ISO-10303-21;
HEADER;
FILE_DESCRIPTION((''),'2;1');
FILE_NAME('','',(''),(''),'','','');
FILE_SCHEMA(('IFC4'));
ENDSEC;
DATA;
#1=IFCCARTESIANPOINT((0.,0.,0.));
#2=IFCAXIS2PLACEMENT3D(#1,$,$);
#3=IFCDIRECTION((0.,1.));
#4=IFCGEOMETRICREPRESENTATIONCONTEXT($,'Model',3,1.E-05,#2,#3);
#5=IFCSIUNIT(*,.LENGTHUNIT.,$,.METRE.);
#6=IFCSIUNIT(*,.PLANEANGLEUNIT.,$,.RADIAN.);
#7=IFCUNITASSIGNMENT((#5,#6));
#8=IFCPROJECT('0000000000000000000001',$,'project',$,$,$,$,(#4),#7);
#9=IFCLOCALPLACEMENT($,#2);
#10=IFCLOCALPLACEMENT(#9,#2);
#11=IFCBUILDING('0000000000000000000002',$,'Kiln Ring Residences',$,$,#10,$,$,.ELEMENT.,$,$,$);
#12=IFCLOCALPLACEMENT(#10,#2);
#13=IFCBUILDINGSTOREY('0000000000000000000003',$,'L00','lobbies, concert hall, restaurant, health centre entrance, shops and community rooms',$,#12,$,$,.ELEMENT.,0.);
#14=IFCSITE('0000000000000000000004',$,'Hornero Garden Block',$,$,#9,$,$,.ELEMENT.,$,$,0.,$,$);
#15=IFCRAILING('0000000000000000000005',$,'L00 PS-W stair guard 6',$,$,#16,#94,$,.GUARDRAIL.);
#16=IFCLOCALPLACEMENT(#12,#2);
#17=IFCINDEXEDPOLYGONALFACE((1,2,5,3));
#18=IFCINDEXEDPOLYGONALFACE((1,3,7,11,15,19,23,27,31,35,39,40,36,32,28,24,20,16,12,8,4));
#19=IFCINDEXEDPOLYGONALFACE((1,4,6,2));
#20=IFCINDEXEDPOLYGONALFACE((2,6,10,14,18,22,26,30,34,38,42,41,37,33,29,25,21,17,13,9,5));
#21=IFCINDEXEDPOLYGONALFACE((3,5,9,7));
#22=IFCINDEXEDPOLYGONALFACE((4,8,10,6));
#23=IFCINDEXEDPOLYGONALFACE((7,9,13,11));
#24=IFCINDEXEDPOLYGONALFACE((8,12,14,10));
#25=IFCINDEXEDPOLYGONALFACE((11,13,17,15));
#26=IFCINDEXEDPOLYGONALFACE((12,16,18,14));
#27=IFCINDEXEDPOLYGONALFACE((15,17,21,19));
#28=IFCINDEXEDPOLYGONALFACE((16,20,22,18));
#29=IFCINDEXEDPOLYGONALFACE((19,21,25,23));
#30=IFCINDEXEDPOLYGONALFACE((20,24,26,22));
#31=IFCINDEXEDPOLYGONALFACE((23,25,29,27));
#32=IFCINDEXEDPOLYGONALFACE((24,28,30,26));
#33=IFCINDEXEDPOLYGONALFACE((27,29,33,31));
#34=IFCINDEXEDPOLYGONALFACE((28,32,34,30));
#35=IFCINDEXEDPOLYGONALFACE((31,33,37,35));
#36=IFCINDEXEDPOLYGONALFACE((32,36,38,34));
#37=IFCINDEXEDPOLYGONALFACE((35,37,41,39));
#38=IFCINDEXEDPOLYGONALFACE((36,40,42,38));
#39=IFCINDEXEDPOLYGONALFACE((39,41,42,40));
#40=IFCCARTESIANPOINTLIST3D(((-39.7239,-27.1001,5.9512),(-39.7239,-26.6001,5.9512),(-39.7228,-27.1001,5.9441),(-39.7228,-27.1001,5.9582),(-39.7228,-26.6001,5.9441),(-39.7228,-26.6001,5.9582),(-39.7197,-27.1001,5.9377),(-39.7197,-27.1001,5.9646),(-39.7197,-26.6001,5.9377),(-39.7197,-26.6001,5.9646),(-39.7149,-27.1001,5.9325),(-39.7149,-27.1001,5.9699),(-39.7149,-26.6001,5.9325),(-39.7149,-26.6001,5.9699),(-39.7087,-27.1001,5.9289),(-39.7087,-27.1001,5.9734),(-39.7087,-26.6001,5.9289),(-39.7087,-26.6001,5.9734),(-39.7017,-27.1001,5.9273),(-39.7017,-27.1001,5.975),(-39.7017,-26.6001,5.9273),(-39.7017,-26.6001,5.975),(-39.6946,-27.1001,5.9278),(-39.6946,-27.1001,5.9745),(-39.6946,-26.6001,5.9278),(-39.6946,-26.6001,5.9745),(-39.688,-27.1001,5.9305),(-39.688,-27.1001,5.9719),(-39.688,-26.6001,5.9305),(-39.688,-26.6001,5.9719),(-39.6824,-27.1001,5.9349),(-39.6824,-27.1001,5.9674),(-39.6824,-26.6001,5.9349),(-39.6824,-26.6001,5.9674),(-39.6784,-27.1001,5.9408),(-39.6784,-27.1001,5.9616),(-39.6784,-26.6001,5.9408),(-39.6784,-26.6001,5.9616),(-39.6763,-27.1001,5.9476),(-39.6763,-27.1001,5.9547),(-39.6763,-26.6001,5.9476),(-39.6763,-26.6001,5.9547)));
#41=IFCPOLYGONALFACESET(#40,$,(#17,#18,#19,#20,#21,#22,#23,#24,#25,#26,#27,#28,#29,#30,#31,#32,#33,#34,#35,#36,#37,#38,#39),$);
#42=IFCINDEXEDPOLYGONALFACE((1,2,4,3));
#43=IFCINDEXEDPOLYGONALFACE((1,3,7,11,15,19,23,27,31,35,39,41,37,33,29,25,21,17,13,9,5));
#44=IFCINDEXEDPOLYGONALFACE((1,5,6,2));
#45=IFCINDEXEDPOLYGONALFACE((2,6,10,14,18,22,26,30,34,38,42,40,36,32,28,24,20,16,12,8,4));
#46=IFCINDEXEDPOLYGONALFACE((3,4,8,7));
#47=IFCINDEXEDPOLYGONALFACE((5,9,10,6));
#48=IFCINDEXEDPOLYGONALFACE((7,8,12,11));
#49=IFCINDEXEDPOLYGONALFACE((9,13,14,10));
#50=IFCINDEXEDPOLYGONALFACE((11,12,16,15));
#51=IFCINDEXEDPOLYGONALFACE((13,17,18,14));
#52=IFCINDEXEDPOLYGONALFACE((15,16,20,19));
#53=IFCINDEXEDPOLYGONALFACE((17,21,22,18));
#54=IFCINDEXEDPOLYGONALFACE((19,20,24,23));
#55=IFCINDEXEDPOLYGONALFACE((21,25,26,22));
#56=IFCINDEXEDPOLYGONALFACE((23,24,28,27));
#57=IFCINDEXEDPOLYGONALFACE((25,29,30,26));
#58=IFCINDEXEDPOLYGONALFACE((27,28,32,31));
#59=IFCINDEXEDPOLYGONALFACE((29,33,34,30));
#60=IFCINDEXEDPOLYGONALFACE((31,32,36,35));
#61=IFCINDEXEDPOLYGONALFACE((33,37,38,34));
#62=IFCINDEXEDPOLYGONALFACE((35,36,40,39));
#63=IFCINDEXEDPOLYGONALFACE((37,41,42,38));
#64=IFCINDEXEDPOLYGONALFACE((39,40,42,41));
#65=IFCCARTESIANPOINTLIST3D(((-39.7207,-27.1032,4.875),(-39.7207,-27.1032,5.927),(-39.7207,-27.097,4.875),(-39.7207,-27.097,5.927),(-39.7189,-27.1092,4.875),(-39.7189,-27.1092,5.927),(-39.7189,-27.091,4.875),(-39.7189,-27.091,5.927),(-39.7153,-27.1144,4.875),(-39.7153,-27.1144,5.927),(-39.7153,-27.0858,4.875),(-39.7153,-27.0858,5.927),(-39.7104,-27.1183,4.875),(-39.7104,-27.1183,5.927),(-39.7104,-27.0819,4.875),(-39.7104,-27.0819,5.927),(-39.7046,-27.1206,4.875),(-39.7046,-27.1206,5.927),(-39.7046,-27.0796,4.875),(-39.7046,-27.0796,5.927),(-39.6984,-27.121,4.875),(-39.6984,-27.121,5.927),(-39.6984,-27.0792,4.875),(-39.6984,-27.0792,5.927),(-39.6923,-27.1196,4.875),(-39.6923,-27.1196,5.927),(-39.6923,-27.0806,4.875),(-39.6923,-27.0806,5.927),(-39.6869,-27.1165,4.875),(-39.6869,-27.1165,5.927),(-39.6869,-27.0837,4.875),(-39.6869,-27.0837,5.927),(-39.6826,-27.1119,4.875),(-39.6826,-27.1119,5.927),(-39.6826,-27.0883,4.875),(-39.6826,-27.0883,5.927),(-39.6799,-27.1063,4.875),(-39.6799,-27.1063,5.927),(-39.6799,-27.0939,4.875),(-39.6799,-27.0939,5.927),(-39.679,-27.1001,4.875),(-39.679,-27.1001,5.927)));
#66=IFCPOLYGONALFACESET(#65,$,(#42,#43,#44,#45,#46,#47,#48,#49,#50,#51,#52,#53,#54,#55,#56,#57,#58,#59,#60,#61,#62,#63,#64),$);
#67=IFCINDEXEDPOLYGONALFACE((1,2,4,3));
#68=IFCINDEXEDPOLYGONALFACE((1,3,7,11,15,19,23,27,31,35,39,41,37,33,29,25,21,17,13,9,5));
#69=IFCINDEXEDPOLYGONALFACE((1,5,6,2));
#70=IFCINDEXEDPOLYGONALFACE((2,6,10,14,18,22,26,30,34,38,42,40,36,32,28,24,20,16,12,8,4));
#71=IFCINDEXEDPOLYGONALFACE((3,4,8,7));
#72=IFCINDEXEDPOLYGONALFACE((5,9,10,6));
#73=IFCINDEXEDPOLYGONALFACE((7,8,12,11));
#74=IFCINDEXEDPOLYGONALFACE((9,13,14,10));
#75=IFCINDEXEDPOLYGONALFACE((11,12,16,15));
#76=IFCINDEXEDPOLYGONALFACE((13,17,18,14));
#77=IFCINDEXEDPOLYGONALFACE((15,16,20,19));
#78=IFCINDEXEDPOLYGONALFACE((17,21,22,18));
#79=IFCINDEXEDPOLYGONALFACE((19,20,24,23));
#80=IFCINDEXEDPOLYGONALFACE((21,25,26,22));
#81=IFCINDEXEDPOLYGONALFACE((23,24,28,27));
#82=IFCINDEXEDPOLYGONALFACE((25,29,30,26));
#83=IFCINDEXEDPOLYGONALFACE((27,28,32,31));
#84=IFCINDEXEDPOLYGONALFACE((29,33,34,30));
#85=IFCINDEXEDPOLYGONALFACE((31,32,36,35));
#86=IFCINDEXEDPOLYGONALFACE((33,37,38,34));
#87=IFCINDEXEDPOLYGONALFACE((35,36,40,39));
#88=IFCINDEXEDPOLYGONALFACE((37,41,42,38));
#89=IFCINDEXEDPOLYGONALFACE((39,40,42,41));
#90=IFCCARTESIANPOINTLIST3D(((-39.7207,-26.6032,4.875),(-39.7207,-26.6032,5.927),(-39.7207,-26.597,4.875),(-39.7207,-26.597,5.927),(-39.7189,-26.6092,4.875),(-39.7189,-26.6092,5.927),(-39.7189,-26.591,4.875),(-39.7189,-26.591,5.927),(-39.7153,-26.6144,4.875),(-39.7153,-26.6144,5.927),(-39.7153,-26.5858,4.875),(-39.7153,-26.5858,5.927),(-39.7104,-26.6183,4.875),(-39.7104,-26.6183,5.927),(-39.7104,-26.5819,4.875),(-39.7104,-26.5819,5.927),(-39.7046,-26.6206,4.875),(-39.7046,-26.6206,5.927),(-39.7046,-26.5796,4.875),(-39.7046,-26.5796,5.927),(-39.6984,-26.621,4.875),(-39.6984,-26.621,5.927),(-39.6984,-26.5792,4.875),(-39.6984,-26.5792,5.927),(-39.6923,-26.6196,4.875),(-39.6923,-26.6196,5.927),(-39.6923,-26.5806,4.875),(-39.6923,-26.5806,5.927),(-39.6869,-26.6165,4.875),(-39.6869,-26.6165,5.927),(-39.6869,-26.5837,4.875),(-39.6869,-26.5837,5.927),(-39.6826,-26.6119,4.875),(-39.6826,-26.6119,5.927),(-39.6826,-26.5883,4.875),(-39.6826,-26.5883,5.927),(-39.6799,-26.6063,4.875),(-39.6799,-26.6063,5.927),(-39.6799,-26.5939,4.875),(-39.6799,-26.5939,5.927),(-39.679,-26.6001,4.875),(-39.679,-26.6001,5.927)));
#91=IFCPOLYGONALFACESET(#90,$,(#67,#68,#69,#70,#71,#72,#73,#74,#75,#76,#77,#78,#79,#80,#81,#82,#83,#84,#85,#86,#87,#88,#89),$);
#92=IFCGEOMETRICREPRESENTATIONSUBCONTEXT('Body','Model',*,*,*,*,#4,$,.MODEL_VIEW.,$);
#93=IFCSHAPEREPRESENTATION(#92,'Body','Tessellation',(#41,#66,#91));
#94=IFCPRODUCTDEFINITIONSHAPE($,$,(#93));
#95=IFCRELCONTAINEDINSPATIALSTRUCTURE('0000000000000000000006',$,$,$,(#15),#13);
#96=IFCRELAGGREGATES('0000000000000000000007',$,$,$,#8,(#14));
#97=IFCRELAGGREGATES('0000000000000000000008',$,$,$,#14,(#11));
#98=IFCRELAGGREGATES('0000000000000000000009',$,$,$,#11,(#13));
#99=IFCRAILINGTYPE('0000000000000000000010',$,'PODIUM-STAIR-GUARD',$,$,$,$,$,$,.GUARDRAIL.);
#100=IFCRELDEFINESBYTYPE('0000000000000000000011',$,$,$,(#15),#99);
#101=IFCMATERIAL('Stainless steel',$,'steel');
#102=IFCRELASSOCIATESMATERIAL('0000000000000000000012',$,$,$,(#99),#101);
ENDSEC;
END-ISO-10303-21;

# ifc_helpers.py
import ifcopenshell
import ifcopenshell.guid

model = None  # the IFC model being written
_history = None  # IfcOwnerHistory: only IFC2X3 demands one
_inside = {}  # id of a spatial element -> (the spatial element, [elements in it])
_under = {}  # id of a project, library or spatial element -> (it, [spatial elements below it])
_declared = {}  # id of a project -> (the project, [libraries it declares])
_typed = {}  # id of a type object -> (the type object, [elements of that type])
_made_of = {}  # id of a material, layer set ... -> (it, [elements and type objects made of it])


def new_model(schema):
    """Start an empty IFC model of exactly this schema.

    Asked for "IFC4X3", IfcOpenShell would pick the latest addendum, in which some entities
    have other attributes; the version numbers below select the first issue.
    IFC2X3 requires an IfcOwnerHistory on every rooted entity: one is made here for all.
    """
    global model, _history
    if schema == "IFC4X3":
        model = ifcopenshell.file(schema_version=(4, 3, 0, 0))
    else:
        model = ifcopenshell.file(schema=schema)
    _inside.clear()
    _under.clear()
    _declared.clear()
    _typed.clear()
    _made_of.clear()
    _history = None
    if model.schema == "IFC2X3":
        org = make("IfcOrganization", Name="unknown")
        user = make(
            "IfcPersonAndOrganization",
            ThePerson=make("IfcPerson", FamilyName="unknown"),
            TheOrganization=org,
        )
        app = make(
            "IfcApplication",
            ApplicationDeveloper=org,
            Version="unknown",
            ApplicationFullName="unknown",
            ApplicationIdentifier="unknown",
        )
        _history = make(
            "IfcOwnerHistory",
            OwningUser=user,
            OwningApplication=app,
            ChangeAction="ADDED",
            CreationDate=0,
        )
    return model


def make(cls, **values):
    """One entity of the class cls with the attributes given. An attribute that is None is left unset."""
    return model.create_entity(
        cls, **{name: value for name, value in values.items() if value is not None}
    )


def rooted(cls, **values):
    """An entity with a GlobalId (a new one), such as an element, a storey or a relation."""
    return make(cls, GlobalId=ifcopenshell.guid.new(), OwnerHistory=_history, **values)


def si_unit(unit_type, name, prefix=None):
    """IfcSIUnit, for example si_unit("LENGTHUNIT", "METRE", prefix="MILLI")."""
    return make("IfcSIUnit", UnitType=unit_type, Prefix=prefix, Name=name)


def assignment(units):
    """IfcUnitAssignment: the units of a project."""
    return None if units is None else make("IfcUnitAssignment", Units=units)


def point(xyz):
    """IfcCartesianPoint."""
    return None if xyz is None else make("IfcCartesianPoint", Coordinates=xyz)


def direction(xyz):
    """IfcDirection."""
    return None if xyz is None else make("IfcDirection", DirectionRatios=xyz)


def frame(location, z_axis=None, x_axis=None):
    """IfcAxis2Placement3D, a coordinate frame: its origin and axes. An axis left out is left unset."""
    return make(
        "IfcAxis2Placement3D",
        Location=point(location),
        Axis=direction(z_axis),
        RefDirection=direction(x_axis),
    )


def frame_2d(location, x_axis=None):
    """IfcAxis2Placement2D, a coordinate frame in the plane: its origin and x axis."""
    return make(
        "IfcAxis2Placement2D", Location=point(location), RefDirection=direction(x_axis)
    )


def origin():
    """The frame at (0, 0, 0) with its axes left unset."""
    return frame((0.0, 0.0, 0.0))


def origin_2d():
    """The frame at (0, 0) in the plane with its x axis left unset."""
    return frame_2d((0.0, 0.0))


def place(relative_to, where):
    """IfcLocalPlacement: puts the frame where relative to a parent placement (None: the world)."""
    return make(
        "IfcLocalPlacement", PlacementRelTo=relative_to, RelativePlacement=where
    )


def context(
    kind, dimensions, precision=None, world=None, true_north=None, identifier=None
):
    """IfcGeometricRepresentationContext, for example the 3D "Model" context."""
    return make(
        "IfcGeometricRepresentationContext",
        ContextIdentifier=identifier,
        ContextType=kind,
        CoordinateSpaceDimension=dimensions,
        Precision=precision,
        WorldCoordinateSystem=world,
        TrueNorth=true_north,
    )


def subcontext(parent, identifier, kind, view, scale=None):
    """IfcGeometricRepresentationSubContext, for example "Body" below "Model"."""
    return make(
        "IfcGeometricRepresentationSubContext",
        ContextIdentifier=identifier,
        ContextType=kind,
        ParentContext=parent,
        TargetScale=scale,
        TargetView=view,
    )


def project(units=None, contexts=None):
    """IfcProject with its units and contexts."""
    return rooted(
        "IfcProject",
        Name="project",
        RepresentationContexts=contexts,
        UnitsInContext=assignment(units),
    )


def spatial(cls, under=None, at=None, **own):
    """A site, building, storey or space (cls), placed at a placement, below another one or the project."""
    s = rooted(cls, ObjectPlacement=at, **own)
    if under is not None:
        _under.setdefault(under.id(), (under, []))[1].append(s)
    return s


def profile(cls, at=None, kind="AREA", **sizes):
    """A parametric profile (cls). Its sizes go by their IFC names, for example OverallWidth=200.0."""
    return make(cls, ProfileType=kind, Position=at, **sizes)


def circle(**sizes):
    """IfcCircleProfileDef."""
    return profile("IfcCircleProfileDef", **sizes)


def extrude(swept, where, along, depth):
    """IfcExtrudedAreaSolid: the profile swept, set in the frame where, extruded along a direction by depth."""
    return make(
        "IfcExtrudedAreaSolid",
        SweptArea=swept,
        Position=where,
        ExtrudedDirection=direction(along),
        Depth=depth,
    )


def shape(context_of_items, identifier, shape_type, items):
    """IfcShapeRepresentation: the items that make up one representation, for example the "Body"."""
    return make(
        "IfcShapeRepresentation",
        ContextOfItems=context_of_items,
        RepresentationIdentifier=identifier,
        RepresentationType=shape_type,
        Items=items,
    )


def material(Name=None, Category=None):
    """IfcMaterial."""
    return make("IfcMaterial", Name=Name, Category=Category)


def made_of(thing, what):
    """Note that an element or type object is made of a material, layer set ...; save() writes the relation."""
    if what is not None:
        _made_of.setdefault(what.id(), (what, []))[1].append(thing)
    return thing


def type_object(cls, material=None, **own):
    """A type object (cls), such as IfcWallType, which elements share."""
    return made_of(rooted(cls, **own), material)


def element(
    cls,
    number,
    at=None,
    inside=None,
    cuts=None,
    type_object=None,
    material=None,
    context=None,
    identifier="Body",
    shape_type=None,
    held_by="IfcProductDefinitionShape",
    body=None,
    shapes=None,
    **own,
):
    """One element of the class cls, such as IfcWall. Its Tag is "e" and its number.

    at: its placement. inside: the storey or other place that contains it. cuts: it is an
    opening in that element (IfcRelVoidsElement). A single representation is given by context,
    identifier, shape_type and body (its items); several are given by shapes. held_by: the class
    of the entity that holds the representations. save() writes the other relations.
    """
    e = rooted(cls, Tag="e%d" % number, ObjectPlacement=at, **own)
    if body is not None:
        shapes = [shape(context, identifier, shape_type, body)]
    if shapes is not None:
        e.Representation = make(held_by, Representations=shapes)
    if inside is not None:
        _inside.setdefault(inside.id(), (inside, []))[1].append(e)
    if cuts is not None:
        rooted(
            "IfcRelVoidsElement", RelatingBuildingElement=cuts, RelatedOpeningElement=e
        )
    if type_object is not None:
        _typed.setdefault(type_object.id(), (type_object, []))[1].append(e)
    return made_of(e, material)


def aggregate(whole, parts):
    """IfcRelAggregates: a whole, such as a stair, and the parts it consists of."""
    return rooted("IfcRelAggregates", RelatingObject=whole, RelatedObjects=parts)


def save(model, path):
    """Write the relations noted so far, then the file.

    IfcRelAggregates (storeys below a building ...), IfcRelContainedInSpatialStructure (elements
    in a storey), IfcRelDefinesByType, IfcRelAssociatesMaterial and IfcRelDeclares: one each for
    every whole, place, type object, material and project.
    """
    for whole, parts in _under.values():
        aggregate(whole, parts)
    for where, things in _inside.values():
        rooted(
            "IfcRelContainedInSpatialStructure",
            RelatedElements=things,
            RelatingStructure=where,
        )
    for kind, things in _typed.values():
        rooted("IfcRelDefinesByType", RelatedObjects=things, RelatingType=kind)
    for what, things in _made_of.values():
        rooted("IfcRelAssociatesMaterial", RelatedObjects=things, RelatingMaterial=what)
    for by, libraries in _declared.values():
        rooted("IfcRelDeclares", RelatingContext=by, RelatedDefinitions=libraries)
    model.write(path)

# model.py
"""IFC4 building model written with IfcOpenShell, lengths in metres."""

from ifc_helpers import new_model, si_unit, direction, frame, origin, origin_2d, place, context, subcontext, project, spatial, circle, extrude, material, type_object, element, save


model = new_model("IFC4")

# Units and contexts
model_context = context("Model", 3, precision=1e-05, world=origin(), true_north=direction((0.0, 1.0)))
body_context = subcontext(model_context, "Body", "Model", "MODEL_VIEW")
ifc_project = project(units=[si_unit("LENGTHUNIT", "METRE"), si_unit("PLANEANGLEUNIT", "RADIAN")], contexts=[model_context])

# Site, building, storey
site_placement = place(None, origin())
site = spatial("IfcSite", under=ifc_project, at=site_placement, Name="Hornero Garden Block", CompositionType="ELEMENT", RefElevation=0.0)
building_placement = place(site_placement, origin())
building = spatial("IfcBuilding", under=site, at=building_placement, Name="Kiln Ring Residences", CompositionType="ELEMENT")
storey_placement = place(building_placement, origin())
storey = spatial("IfcBuildingStorey", under=building, at=storey_placement, Name="L00", Description="lobbies, concert hall, restaurant, health centre entrance, shops and community rooms", CompositionType="ELEMENT", Elevation=0.0)

# Railing
ifc_material_1 = material(Name="Stainless steel", Category="steel")
railing_type_1 = type_object("IfcRailingType", Name="PODIUM-STAIR-GUARD", PredefinedType="GUARDRAIL", material=ifc_material_1)
railing_1_placement = place(storey_placement, frame((-39.7, -27.1001, 4.875)))
element("IfcRailing", 1, at=railing_1_placement, inside=storey, type_object=railing_type_1, Name="L00 PS-W stair guard 6", PredefinedType="GUARDRAIL", context=body_context, shape_type="SweptSolid", body=[
    extrude(circle(Radius=0.0239, at=origin_2d()), frame((0.0, 0.0, 1.0762), z_axis=(0.0, 1.0, 0.0), x_axis=(-1.0, 0.0, 0.0)), (0.0, 0.0, 1.0), 0.5),
    extrude(circle(Radius=0.021, at=origin_2d()), origin(), (0.0, 0.0, 1.0), 1.052),
    extrude(circle(Radius=0.021, at=origin_2d()), frame((0.0, 0.5, 0.0)), (0.0, 0.0, 1.0), 1.052),
])

save(model, "model.ifc")
